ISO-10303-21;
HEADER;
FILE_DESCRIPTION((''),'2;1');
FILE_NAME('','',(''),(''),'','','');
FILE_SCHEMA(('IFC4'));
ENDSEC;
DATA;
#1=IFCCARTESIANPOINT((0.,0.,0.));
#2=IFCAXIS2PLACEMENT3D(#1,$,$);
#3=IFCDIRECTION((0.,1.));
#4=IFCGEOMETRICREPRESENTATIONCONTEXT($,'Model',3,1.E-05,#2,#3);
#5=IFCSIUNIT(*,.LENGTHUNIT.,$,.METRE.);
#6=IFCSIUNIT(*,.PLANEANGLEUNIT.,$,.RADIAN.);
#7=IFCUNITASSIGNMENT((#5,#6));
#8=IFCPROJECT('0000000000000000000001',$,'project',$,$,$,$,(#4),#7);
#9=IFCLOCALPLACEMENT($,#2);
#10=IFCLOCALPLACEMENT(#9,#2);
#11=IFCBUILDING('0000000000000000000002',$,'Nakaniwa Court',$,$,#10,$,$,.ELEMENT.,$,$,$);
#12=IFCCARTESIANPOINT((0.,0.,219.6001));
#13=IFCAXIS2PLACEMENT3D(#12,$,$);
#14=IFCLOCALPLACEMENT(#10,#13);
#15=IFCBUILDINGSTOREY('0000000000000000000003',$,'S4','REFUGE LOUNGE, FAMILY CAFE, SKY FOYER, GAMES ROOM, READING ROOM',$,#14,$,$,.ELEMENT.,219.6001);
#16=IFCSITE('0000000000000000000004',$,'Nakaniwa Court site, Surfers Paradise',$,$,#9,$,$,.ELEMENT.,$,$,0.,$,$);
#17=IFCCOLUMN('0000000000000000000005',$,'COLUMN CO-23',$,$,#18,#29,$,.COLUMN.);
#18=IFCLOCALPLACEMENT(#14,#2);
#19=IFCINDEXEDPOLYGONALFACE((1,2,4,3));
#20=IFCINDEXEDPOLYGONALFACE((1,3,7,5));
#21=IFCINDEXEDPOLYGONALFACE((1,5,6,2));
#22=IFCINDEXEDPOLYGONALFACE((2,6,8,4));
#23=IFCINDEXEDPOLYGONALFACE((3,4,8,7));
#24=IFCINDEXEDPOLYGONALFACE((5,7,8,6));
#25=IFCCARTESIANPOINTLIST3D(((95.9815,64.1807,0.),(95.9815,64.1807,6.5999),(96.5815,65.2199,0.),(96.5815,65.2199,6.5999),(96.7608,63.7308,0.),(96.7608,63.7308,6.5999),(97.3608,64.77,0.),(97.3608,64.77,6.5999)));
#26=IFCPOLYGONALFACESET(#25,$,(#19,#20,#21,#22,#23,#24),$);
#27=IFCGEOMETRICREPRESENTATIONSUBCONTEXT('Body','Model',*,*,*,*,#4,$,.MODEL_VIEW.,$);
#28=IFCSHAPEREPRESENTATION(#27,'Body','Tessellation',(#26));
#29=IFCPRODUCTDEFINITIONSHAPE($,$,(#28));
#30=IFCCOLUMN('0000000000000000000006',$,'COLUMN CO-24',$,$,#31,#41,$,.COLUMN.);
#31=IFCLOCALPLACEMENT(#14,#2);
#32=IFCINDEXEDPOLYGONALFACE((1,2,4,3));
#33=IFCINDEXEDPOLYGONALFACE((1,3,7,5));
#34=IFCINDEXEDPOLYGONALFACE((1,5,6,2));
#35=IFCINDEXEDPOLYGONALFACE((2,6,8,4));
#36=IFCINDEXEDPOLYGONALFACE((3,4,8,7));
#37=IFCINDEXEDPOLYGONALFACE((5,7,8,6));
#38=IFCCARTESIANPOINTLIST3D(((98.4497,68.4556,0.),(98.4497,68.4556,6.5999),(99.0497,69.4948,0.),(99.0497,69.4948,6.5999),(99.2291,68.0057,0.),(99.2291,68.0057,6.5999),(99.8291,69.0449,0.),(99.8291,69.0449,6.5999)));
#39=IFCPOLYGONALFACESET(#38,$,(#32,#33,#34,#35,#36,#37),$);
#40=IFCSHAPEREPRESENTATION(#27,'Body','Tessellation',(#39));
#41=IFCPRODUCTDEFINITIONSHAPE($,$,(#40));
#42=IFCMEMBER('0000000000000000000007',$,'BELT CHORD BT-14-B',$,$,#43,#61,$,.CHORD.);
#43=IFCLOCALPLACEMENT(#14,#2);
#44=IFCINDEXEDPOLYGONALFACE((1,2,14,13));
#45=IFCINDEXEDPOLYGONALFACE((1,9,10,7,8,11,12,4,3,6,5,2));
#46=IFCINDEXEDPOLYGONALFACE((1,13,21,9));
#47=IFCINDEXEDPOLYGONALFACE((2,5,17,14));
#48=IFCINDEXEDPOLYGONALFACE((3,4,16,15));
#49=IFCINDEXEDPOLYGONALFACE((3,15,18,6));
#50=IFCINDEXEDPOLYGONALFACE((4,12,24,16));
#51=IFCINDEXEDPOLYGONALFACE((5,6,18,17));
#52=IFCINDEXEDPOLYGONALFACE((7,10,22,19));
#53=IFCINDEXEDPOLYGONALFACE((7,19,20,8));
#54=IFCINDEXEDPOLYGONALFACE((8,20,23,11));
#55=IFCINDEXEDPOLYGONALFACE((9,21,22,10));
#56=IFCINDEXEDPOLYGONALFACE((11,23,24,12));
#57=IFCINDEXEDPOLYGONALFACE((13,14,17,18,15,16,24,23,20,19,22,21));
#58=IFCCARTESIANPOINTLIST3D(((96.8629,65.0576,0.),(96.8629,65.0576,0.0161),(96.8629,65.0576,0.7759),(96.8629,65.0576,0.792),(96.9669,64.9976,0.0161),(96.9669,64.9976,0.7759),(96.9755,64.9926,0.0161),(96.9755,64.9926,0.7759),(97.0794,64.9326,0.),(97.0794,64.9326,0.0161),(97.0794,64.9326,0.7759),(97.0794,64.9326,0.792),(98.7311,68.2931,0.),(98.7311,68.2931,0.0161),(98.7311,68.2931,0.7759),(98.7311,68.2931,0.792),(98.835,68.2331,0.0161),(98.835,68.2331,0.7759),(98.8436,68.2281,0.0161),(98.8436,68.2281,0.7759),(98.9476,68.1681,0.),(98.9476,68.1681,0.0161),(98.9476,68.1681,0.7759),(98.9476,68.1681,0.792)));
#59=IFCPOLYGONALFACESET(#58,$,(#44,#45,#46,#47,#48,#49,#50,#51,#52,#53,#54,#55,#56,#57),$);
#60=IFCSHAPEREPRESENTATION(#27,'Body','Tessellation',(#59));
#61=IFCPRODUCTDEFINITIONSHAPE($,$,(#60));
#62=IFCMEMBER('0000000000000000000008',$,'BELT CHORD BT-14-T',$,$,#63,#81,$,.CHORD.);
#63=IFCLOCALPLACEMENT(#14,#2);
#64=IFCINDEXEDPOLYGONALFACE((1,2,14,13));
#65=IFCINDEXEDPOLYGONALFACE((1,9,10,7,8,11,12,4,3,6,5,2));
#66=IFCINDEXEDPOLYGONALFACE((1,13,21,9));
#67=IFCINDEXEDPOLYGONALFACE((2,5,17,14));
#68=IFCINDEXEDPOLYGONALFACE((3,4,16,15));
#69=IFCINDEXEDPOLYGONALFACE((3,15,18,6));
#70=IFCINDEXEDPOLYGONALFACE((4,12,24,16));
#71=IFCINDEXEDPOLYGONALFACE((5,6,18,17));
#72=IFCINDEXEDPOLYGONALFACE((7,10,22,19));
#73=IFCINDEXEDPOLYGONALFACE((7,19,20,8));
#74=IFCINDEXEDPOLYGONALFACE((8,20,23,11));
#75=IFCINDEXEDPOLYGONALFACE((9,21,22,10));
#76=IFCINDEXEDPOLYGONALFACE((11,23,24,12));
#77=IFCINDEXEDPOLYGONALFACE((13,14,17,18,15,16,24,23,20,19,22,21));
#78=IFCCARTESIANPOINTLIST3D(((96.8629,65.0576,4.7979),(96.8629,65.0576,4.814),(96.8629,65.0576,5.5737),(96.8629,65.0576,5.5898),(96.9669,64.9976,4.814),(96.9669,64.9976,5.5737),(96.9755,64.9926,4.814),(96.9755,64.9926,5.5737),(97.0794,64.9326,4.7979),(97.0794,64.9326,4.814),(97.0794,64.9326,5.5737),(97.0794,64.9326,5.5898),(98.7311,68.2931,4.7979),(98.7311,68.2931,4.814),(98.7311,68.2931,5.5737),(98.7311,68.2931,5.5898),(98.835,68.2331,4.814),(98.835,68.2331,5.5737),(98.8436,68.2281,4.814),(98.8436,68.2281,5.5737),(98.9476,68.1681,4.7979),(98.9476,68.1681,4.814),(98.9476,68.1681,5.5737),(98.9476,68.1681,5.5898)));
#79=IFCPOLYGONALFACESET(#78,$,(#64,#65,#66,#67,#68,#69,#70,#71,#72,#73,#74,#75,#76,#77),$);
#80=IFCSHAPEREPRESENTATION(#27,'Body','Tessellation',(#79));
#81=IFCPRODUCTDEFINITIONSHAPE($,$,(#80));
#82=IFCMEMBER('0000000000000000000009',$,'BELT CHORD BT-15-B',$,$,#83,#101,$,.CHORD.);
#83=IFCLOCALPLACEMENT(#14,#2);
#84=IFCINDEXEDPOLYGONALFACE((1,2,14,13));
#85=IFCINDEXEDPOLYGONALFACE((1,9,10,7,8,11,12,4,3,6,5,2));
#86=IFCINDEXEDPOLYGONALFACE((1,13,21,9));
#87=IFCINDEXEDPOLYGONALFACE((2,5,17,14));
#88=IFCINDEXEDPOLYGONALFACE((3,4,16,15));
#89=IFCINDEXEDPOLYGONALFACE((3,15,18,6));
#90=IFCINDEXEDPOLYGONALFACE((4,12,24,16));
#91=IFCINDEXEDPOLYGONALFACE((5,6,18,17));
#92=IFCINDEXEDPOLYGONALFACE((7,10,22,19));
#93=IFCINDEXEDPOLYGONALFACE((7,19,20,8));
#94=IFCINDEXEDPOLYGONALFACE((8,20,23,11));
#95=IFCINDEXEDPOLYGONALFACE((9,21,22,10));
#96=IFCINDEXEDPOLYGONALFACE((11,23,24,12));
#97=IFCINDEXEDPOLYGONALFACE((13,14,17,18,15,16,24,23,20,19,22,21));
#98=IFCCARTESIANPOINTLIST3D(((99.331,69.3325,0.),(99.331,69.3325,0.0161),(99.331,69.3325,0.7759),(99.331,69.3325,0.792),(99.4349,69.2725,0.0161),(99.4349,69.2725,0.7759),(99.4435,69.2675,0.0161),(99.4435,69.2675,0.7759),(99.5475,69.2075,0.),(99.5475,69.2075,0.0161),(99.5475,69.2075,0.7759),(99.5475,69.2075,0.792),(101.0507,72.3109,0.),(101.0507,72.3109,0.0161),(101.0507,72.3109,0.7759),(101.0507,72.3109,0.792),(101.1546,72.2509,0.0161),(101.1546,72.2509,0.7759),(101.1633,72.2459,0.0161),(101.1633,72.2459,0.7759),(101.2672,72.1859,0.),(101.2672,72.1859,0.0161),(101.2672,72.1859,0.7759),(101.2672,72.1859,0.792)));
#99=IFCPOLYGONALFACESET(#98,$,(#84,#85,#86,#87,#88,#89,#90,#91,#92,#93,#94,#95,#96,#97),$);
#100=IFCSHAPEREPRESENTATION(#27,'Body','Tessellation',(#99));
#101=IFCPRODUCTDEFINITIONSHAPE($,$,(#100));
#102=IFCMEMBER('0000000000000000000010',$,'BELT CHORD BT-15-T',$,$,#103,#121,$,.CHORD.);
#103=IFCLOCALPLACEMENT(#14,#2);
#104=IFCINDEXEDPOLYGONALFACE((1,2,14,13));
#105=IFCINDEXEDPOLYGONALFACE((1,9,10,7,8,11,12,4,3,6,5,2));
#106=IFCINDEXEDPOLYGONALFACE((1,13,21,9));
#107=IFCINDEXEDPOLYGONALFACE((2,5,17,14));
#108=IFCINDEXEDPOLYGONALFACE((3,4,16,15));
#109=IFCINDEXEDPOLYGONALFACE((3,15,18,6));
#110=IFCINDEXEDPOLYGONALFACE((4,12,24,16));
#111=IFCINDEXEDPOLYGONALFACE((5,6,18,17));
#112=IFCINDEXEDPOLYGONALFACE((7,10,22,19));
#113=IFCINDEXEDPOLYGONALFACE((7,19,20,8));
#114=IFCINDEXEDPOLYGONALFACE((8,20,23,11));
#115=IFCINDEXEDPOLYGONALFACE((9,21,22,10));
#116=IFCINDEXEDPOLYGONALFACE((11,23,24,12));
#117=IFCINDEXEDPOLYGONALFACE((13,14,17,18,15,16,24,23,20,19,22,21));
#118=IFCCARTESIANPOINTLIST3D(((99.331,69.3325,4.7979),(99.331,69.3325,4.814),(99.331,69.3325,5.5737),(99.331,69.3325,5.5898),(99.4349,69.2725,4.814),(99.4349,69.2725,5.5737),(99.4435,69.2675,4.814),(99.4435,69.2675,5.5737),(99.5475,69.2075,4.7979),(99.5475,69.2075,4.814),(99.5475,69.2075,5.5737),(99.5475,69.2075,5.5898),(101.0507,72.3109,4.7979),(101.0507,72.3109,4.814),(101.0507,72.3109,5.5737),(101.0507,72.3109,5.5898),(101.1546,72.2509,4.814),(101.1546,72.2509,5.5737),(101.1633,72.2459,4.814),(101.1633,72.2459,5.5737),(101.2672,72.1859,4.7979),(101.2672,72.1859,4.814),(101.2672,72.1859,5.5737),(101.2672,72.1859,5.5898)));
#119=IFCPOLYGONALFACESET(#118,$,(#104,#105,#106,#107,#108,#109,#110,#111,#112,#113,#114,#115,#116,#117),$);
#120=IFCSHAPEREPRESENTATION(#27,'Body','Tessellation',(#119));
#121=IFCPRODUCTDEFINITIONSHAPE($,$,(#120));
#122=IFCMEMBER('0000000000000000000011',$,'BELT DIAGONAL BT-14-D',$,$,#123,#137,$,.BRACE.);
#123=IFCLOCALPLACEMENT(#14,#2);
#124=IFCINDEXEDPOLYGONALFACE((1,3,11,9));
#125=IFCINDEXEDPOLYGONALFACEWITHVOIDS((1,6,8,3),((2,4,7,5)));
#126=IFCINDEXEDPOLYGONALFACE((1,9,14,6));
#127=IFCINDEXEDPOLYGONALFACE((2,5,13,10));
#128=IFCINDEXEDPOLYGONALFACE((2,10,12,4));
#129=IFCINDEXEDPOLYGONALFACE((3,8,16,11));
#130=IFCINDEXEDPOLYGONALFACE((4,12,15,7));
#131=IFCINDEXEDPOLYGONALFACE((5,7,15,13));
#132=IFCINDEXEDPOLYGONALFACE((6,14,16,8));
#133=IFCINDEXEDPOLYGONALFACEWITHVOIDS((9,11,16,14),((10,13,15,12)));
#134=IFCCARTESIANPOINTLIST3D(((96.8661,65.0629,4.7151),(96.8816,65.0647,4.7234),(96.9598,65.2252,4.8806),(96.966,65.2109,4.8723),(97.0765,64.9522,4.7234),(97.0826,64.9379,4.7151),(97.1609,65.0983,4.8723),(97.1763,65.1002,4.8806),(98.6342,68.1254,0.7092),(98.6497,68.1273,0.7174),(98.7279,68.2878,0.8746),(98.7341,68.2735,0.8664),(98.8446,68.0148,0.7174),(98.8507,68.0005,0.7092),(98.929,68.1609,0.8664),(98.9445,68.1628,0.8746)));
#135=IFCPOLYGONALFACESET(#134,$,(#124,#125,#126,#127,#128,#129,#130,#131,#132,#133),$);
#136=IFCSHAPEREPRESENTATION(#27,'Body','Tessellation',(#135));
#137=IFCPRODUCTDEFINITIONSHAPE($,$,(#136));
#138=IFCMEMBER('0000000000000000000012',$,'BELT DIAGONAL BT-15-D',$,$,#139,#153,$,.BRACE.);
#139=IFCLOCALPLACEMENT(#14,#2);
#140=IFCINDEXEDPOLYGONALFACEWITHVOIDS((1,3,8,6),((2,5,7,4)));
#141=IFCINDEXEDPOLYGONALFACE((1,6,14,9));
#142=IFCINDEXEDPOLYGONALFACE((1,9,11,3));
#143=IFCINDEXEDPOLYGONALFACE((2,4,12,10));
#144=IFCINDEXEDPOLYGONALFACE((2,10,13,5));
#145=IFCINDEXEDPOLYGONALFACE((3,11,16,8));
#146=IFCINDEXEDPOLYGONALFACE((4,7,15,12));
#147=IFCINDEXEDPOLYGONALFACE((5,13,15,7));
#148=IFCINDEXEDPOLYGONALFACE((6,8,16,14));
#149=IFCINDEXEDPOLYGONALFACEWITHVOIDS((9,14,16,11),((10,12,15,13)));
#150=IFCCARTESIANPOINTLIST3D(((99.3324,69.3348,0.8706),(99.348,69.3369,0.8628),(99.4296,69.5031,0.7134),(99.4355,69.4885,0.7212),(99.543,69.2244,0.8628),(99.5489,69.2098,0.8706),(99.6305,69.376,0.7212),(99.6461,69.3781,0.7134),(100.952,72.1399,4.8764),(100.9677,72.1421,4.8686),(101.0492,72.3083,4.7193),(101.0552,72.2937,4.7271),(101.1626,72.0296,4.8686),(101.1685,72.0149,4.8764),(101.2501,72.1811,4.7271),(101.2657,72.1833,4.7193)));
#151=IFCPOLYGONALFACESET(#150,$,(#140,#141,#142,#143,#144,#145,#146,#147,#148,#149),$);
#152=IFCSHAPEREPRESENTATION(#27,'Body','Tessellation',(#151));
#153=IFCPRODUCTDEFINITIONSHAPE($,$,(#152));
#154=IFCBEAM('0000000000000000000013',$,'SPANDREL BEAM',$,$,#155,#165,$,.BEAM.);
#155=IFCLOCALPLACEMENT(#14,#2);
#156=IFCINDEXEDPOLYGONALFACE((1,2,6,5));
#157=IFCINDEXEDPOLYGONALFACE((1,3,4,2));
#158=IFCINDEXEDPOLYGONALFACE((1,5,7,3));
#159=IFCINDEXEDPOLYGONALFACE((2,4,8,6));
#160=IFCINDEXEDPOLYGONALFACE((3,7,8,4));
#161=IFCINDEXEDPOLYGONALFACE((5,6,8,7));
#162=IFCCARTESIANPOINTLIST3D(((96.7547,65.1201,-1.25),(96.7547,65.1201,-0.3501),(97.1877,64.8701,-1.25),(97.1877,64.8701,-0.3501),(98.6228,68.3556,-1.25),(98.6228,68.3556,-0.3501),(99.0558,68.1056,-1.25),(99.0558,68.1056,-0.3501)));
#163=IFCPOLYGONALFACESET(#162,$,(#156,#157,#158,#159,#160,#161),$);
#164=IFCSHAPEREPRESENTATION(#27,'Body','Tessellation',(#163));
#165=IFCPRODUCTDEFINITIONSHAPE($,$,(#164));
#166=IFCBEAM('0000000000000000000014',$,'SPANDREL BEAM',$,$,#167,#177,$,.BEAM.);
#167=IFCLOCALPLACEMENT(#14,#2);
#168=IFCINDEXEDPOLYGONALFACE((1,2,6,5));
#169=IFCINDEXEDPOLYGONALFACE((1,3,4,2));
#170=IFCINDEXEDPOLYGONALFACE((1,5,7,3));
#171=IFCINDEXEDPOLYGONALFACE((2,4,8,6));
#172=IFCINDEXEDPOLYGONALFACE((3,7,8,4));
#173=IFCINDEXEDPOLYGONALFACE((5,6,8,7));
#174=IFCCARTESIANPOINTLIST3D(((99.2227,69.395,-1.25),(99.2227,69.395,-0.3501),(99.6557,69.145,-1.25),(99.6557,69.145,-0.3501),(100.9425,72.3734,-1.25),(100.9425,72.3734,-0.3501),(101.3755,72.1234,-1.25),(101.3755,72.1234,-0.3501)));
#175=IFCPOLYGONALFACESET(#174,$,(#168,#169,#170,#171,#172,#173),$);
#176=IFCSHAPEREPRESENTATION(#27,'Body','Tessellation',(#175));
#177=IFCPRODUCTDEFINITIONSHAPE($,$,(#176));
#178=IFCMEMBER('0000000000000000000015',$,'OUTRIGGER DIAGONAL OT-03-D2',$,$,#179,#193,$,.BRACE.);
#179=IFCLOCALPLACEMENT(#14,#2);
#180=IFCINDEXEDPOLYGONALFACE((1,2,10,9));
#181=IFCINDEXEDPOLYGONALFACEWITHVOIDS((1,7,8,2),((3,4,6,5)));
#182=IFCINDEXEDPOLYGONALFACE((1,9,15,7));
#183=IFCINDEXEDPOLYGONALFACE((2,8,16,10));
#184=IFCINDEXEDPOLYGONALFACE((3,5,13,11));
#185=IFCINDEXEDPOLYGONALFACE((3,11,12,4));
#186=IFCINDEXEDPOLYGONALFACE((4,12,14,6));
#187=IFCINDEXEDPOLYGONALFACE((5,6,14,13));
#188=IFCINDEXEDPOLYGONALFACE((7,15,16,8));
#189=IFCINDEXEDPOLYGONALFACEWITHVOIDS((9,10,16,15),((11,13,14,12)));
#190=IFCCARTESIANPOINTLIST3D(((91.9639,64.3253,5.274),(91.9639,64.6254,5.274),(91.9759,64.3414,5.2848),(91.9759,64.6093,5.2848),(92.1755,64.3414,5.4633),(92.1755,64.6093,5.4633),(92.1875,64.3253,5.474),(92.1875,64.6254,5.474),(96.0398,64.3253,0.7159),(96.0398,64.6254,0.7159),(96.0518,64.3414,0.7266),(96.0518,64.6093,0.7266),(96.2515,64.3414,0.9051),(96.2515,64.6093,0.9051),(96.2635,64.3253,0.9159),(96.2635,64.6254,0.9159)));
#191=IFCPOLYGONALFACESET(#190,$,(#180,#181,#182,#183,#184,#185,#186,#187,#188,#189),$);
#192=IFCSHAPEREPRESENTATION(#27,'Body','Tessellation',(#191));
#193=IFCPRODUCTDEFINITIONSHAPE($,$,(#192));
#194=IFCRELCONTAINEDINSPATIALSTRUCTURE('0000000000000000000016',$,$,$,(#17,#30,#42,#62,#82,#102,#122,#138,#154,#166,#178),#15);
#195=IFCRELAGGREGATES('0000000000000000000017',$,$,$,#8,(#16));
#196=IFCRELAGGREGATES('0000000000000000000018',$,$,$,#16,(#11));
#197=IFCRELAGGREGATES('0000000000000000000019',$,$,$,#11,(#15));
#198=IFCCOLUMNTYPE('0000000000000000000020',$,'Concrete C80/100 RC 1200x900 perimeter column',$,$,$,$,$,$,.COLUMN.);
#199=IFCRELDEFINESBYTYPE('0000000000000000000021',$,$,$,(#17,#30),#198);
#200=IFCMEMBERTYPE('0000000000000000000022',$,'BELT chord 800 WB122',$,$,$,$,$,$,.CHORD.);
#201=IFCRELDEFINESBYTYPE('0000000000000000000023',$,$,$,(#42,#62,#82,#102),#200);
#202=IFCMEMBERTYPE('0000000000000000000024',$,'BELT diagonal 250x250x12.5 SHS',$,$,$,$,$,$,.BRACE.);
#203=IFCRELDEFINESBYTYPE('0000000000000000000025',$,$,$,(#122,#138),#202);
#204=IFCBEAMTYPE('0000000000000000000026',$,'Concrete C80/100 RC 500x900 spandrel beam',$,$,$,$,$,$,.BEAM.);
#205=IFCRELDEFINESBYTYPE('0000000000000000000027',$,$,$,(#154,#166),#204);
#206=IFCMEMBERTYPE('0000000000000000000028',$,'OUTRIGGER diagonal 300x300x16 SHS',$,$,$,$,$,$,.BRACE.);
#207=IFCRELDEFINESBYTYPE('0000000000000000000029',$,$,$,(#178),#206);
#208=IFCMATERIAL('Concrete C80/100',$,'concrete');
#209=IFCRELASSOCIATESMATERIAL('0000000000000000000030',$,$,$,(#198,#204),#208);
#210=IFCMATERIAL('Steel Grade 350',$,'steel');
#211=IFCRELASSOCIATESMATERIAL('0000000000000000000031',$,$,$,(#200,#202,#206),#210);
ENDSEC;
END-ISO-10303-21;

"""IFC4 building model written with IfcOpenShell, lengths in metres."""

from ifc_helpers import new_model, si_unit, direction, frame, origin, origin_2d, place, context, subcontext, project, spatial, rectangle, hollow_rectangle, i_section, extrude, material, material_profile, profile_set, type_object, element, save


model = new_model("IFC4")

# Units and contexts
model_context = context("Model", 3, precision=1e-05, world=origin(), true_north=direction((0.0, 1.0)))
body_context = subcontext(model_context, "Body", "Model", "MODEL_VIEW")
ifc_project = project(units=[si_unit("LENGTHUNIT", "METRE"), si_unit("PLANEANGLEUNIT", "RADIAN")], contexts=[model_context])

# Site, building, storey
site_placement = place(None, origin())
site = spatial("IfcSite", under=ifc_project, at=site_placement, Name="Nakaniwa Court site, Surfers Paradise", CompositionType="ELEMENT", RefElevation=0.0)
building_placement = place(site_placement, origin())
building = spatial("IfcBuilding", under=site, at=building_placement, Name="Nakaniwa Court", CompositionType="ELEMENT")
storey_placement = place(building_placement, frame((0.0, 0.0, 219.6001)))
storey = spatial("IfcBuildingStorey", under=building, at=storey_placement, Name="S4", Description="REFUGE LOUNGE, FAMILY CAFE, SKY FOYER, GAMES ROOM, READING ROOM", CompositionType="ELEMENT", Elevation=219.6001)

# Columns
ifc_material_1 = material(Name="Concrete C80/100", Category="concrete")
ifc_material_profile_1 = material_profile(ifc_material_1, rectangle(XDim=1.2, YDim=0.8999, at=origin_2d()), Name="Concrete C80/100 RC 1200x900 perimeter column")
ifc_profile_set_1 = profile_set([ifc_material_profile_1], Name="Concrete C80/100")
column_type = type_object("IfcColumnType", Name="Concrete C80/100 RC 1200x900 perimeter column", PredefinedType="COLUMN", material=ifc_profile_set_1)
for number, where, z_axis, x_axis, name in (
    (1, (96.6711, 64.4753, 0.0), (0.0, 0.0, 1.0), (0.5, 0.866025, 0.0), "COLUMN CO-23"),
    (2, (99.1394, 68.7502, 0.0), (0.0, 0.0, 1.0), (0.5, 0.866025, 0.0), "COLUMN CO-24"),
):
    element("IfcColumn", number, at=place(storey_placement, frame(where, z_axis=z_axis, x_axis=x_axis)), inside=storey, type_object=column_type, Name=name, PredefinedType="COLUMN", context=body_context, shape_type="SweptSolid", body=[
        extrude(rectangle(XDim=1.2, YDim=0.8999, at=origin_2d()), origin(), (0.0, 0.0, 1.0), 6.5999),
    ])

# Members
ifc_material_2 = material(Name="Steel Grade 350", Category="steel")
ifc_material_profile_2 = material_profile(ifc_material_2, i_section(OverallWidth=0.25, OverallDepth=0.792, WebThickness=0.01, FlangeThickness=0.0161, at=origin_2d()), Name="800WB122")
ifc_profile_set_2 = profile_set([ifc_material_profile_2], Name="Steel Grade 350")
member_type_1 = type_object("IfcMemberType", Name="BELT chord 800 WB122", PredefinedType="CHORD", material=ifc_profile_set_2)
for number, where, z_axis, x_axis, name in (
    (3, (96.9712, 64.9951, 0.396), (0.500018, 0.866015, 0.0), (-0.866015, 0.500018, 0.0), "BELT CHORD BT-14-B"),
    (4, (96.9712, 64.9951, 5.1938), (0.500018, 0.866015, 0.0), (-0.866015, 0.500018, 0.0), "BELT CHORD BT-14-T"),
):
    element("IfcMember", number, at=place(storey_placement, frame(where, z_axis=z_axis, x_axis=x_axis)), inside=storey, type_object=member_type_1, Name=name, PredefinedType="CHORD", context=body_context, shape_type="SweptSolid", body=[
        extrude(i_section(OverallWidth=0.25, OverallDepth=0.792, WebThickness=0.01, FlangeThickness=0.0161, at=origin_2d()), origin(), (0.0, 0.0, 1.0), 3.7361),
    ])
for number, where, z_axis, x_axis, name in (
    (5, (99.4392, 69.27, 0.396), (0.500048, 0.865998, 0.0), (-0.865998, 0.500048, 0.0), "BELT CHORD BT-15-B"),
    (6, (99.4392, 69.27, 5.1938), (0.500048, 0.865998, 0.0), (-0.865998, 0.500048, 0.0), "BELT CHORD BT-15-T"),
):
    element("IfcMember", number, at=place(storey_placement, frame(where, z_axis=z_axis, x_axis=x_axis)), inside=storey, type_object=member_type_1, Name=name, PredefinedType="CHORD", context=body_context, shape_type="SweptSolid", body=[
        extrude(i_section(OverallWidth=0.25, OverallDepth=0.792, WebThickness=0.01, FlangeThickness=0.0161, at=origin_2d()), origin(), (0.0, 0.0, 1.0), 3.4392),
    ])
ifc_material_profile_3 = material_profile(ifc_material_2, hollow_rectangle(XDim=0.25, YDim=0.25, WallThickness=0.0125, at=origin_2d()), Name="BELT diagonal 250x250x12.5 SHS")
ifc_profile_set_3 = profile_set([ifc_material_profile_3], Name="Steel Grade 350")
member_type_2 = type_object("IfcMemberType", Name="BELT diagonal 250x250x12.5 SHS", PredefinedType="BRACE", material=ifc_profile_set_3)
member_1_placement = place(storey_placement, frame((97.0212, 65.0815, 4.7979), z_axis=(0.330888, 0.573137, -0.749684), x_axis=(-0.866034, 0.499985, 0.0)))
element("IfcMember", 7, at=member_1_placement, inside=storey, type_object=member_type_2, Name="BELT DIAGONAL BT-14-D", PredefinedType="BRACE", context=body_context, shape_type="SweptSolid", body=[
    extrude(hollow_rectangle(XDim=0.25, YDim=0.25, WallThickness=0.0125, at=origin_2d()), origin(), (0.0, 0.0, 1.0), 5.3435),
])
member_2_placement = place(storey_placement, frame((99.4893, 69.3564, 0.792), z_axis=(0.314393, 0.544524, 0.777593), x_axis=(-0.866017, 0.500014, 0.0)))
element("IfcMember", 8, at=member_2_placement, inside=storey, type_object=member_type_2, Name="BELT DIAGONAL BT-15-D", PredefinedType="BRACE", context=body_context, shape_type="SweptSolid", body=[
    extrude(hollow_rectangle(XDim=0.25, YDim=0.25, WallThickness=0.0125, at=origin_2d()), origin(), (0.0, 0.0, 1.0), 5.1516),
])

# Beams
ifc_material_profile_4 = material_profile(ifc_material_1, rectangle(XDim=0.5, YDim=0.8999, at=origin_2d()), Name="Concrete C80/100 RC 500x900 spandrel beam")
ifc_profile_set_4 = profile_set([ifc_material_profile_4], Name="Concrete C80/100")
beam_type = type_object("IfcBeamType", Name="Concrete C80/100 RC 500x900 spandrel beam", PredefinedType="BEAM", material=ifc_profile_set_4)
beam_1_placement = place(storey_placement, frame((96.9712, 64.9951, -0.8), z_axis=(0.500018, 0.866015, 0.0), x_axis=(-0.866015, 0.500018, 0.0)))
element("IfcBeam", 9, at=beam_1_placement, inside=storey, type_object=beam_type, Name="SPANDREL BEAM", PredefinedType="BEAM", context=body_context, shape_type="SweptSolid", body=[
    extrude(rectangle(XDim=0.5, YDim=0.8999, at=origin_2d()), origin(), (0.0, 0.0, 1.0), 3.7361),
])
beam_2_placement = place(storey_placement, frame((99.4392, 69.27, -0.8), z_axis=(0.500048, 0.865998, 0.0), x_axis=(-0.865998, 0.500048, 0.0)))
element("IfcBeam", 10, at=beam_2_placement, inside=storey, type_object=beam_type, Name="SPANDREL BEAM", PredefinedType="BEAM", context=body_context, shape_type="SweptSolid", body=[
    extrude(rectangle(XDim=0.5, YDim=0.8999, at=origin_2d()), origin(), (0.0, 0.0, 1.0), 3.4392),
])

# Member
ifc_material_profile_5 = material_profile(ifc_material_2, hollow_rectangle(XDim=0.3, YDim=0.3, WallThickness=0.0161, at=origin_2d()), Name="OUTRIGGER diagonal 300x300x16 SHS")
ifc_profile_set_5 = profile_set([ifc_material_profile_5], Name="Steel Grade 350")
member_type_3 = type_object("IfcMemberType", Name="OUTRIGGER diagonal 300x300x16 SHS", PredefinedType="BRACE", material=ifc_profile_set_5)
member_3_placement = place(storey_placement, frame((92.0757, 64.4753, 5.374), z_axis=(0.666579, 0.0, -0.745434), x_axis=(0.0, 1.0, 0.0)))
element("IfcMember", 11, at=member_3_placement, inside=storey, type_object=member_type_3, Name="OUTRIGGER DIAGONAL OT-03-D2", PredefinedType="BRACE", context=body_context, shape_type="SweptSolid", body=[
    extrude(hollow_rectangle(XDim=0.3, YDim=0.3, WallThickness=0.0161, at=origin_2d()), origin(), (0.0, 0.0, 1.0), 6.1147),
])

save(model, "model.ifc")
